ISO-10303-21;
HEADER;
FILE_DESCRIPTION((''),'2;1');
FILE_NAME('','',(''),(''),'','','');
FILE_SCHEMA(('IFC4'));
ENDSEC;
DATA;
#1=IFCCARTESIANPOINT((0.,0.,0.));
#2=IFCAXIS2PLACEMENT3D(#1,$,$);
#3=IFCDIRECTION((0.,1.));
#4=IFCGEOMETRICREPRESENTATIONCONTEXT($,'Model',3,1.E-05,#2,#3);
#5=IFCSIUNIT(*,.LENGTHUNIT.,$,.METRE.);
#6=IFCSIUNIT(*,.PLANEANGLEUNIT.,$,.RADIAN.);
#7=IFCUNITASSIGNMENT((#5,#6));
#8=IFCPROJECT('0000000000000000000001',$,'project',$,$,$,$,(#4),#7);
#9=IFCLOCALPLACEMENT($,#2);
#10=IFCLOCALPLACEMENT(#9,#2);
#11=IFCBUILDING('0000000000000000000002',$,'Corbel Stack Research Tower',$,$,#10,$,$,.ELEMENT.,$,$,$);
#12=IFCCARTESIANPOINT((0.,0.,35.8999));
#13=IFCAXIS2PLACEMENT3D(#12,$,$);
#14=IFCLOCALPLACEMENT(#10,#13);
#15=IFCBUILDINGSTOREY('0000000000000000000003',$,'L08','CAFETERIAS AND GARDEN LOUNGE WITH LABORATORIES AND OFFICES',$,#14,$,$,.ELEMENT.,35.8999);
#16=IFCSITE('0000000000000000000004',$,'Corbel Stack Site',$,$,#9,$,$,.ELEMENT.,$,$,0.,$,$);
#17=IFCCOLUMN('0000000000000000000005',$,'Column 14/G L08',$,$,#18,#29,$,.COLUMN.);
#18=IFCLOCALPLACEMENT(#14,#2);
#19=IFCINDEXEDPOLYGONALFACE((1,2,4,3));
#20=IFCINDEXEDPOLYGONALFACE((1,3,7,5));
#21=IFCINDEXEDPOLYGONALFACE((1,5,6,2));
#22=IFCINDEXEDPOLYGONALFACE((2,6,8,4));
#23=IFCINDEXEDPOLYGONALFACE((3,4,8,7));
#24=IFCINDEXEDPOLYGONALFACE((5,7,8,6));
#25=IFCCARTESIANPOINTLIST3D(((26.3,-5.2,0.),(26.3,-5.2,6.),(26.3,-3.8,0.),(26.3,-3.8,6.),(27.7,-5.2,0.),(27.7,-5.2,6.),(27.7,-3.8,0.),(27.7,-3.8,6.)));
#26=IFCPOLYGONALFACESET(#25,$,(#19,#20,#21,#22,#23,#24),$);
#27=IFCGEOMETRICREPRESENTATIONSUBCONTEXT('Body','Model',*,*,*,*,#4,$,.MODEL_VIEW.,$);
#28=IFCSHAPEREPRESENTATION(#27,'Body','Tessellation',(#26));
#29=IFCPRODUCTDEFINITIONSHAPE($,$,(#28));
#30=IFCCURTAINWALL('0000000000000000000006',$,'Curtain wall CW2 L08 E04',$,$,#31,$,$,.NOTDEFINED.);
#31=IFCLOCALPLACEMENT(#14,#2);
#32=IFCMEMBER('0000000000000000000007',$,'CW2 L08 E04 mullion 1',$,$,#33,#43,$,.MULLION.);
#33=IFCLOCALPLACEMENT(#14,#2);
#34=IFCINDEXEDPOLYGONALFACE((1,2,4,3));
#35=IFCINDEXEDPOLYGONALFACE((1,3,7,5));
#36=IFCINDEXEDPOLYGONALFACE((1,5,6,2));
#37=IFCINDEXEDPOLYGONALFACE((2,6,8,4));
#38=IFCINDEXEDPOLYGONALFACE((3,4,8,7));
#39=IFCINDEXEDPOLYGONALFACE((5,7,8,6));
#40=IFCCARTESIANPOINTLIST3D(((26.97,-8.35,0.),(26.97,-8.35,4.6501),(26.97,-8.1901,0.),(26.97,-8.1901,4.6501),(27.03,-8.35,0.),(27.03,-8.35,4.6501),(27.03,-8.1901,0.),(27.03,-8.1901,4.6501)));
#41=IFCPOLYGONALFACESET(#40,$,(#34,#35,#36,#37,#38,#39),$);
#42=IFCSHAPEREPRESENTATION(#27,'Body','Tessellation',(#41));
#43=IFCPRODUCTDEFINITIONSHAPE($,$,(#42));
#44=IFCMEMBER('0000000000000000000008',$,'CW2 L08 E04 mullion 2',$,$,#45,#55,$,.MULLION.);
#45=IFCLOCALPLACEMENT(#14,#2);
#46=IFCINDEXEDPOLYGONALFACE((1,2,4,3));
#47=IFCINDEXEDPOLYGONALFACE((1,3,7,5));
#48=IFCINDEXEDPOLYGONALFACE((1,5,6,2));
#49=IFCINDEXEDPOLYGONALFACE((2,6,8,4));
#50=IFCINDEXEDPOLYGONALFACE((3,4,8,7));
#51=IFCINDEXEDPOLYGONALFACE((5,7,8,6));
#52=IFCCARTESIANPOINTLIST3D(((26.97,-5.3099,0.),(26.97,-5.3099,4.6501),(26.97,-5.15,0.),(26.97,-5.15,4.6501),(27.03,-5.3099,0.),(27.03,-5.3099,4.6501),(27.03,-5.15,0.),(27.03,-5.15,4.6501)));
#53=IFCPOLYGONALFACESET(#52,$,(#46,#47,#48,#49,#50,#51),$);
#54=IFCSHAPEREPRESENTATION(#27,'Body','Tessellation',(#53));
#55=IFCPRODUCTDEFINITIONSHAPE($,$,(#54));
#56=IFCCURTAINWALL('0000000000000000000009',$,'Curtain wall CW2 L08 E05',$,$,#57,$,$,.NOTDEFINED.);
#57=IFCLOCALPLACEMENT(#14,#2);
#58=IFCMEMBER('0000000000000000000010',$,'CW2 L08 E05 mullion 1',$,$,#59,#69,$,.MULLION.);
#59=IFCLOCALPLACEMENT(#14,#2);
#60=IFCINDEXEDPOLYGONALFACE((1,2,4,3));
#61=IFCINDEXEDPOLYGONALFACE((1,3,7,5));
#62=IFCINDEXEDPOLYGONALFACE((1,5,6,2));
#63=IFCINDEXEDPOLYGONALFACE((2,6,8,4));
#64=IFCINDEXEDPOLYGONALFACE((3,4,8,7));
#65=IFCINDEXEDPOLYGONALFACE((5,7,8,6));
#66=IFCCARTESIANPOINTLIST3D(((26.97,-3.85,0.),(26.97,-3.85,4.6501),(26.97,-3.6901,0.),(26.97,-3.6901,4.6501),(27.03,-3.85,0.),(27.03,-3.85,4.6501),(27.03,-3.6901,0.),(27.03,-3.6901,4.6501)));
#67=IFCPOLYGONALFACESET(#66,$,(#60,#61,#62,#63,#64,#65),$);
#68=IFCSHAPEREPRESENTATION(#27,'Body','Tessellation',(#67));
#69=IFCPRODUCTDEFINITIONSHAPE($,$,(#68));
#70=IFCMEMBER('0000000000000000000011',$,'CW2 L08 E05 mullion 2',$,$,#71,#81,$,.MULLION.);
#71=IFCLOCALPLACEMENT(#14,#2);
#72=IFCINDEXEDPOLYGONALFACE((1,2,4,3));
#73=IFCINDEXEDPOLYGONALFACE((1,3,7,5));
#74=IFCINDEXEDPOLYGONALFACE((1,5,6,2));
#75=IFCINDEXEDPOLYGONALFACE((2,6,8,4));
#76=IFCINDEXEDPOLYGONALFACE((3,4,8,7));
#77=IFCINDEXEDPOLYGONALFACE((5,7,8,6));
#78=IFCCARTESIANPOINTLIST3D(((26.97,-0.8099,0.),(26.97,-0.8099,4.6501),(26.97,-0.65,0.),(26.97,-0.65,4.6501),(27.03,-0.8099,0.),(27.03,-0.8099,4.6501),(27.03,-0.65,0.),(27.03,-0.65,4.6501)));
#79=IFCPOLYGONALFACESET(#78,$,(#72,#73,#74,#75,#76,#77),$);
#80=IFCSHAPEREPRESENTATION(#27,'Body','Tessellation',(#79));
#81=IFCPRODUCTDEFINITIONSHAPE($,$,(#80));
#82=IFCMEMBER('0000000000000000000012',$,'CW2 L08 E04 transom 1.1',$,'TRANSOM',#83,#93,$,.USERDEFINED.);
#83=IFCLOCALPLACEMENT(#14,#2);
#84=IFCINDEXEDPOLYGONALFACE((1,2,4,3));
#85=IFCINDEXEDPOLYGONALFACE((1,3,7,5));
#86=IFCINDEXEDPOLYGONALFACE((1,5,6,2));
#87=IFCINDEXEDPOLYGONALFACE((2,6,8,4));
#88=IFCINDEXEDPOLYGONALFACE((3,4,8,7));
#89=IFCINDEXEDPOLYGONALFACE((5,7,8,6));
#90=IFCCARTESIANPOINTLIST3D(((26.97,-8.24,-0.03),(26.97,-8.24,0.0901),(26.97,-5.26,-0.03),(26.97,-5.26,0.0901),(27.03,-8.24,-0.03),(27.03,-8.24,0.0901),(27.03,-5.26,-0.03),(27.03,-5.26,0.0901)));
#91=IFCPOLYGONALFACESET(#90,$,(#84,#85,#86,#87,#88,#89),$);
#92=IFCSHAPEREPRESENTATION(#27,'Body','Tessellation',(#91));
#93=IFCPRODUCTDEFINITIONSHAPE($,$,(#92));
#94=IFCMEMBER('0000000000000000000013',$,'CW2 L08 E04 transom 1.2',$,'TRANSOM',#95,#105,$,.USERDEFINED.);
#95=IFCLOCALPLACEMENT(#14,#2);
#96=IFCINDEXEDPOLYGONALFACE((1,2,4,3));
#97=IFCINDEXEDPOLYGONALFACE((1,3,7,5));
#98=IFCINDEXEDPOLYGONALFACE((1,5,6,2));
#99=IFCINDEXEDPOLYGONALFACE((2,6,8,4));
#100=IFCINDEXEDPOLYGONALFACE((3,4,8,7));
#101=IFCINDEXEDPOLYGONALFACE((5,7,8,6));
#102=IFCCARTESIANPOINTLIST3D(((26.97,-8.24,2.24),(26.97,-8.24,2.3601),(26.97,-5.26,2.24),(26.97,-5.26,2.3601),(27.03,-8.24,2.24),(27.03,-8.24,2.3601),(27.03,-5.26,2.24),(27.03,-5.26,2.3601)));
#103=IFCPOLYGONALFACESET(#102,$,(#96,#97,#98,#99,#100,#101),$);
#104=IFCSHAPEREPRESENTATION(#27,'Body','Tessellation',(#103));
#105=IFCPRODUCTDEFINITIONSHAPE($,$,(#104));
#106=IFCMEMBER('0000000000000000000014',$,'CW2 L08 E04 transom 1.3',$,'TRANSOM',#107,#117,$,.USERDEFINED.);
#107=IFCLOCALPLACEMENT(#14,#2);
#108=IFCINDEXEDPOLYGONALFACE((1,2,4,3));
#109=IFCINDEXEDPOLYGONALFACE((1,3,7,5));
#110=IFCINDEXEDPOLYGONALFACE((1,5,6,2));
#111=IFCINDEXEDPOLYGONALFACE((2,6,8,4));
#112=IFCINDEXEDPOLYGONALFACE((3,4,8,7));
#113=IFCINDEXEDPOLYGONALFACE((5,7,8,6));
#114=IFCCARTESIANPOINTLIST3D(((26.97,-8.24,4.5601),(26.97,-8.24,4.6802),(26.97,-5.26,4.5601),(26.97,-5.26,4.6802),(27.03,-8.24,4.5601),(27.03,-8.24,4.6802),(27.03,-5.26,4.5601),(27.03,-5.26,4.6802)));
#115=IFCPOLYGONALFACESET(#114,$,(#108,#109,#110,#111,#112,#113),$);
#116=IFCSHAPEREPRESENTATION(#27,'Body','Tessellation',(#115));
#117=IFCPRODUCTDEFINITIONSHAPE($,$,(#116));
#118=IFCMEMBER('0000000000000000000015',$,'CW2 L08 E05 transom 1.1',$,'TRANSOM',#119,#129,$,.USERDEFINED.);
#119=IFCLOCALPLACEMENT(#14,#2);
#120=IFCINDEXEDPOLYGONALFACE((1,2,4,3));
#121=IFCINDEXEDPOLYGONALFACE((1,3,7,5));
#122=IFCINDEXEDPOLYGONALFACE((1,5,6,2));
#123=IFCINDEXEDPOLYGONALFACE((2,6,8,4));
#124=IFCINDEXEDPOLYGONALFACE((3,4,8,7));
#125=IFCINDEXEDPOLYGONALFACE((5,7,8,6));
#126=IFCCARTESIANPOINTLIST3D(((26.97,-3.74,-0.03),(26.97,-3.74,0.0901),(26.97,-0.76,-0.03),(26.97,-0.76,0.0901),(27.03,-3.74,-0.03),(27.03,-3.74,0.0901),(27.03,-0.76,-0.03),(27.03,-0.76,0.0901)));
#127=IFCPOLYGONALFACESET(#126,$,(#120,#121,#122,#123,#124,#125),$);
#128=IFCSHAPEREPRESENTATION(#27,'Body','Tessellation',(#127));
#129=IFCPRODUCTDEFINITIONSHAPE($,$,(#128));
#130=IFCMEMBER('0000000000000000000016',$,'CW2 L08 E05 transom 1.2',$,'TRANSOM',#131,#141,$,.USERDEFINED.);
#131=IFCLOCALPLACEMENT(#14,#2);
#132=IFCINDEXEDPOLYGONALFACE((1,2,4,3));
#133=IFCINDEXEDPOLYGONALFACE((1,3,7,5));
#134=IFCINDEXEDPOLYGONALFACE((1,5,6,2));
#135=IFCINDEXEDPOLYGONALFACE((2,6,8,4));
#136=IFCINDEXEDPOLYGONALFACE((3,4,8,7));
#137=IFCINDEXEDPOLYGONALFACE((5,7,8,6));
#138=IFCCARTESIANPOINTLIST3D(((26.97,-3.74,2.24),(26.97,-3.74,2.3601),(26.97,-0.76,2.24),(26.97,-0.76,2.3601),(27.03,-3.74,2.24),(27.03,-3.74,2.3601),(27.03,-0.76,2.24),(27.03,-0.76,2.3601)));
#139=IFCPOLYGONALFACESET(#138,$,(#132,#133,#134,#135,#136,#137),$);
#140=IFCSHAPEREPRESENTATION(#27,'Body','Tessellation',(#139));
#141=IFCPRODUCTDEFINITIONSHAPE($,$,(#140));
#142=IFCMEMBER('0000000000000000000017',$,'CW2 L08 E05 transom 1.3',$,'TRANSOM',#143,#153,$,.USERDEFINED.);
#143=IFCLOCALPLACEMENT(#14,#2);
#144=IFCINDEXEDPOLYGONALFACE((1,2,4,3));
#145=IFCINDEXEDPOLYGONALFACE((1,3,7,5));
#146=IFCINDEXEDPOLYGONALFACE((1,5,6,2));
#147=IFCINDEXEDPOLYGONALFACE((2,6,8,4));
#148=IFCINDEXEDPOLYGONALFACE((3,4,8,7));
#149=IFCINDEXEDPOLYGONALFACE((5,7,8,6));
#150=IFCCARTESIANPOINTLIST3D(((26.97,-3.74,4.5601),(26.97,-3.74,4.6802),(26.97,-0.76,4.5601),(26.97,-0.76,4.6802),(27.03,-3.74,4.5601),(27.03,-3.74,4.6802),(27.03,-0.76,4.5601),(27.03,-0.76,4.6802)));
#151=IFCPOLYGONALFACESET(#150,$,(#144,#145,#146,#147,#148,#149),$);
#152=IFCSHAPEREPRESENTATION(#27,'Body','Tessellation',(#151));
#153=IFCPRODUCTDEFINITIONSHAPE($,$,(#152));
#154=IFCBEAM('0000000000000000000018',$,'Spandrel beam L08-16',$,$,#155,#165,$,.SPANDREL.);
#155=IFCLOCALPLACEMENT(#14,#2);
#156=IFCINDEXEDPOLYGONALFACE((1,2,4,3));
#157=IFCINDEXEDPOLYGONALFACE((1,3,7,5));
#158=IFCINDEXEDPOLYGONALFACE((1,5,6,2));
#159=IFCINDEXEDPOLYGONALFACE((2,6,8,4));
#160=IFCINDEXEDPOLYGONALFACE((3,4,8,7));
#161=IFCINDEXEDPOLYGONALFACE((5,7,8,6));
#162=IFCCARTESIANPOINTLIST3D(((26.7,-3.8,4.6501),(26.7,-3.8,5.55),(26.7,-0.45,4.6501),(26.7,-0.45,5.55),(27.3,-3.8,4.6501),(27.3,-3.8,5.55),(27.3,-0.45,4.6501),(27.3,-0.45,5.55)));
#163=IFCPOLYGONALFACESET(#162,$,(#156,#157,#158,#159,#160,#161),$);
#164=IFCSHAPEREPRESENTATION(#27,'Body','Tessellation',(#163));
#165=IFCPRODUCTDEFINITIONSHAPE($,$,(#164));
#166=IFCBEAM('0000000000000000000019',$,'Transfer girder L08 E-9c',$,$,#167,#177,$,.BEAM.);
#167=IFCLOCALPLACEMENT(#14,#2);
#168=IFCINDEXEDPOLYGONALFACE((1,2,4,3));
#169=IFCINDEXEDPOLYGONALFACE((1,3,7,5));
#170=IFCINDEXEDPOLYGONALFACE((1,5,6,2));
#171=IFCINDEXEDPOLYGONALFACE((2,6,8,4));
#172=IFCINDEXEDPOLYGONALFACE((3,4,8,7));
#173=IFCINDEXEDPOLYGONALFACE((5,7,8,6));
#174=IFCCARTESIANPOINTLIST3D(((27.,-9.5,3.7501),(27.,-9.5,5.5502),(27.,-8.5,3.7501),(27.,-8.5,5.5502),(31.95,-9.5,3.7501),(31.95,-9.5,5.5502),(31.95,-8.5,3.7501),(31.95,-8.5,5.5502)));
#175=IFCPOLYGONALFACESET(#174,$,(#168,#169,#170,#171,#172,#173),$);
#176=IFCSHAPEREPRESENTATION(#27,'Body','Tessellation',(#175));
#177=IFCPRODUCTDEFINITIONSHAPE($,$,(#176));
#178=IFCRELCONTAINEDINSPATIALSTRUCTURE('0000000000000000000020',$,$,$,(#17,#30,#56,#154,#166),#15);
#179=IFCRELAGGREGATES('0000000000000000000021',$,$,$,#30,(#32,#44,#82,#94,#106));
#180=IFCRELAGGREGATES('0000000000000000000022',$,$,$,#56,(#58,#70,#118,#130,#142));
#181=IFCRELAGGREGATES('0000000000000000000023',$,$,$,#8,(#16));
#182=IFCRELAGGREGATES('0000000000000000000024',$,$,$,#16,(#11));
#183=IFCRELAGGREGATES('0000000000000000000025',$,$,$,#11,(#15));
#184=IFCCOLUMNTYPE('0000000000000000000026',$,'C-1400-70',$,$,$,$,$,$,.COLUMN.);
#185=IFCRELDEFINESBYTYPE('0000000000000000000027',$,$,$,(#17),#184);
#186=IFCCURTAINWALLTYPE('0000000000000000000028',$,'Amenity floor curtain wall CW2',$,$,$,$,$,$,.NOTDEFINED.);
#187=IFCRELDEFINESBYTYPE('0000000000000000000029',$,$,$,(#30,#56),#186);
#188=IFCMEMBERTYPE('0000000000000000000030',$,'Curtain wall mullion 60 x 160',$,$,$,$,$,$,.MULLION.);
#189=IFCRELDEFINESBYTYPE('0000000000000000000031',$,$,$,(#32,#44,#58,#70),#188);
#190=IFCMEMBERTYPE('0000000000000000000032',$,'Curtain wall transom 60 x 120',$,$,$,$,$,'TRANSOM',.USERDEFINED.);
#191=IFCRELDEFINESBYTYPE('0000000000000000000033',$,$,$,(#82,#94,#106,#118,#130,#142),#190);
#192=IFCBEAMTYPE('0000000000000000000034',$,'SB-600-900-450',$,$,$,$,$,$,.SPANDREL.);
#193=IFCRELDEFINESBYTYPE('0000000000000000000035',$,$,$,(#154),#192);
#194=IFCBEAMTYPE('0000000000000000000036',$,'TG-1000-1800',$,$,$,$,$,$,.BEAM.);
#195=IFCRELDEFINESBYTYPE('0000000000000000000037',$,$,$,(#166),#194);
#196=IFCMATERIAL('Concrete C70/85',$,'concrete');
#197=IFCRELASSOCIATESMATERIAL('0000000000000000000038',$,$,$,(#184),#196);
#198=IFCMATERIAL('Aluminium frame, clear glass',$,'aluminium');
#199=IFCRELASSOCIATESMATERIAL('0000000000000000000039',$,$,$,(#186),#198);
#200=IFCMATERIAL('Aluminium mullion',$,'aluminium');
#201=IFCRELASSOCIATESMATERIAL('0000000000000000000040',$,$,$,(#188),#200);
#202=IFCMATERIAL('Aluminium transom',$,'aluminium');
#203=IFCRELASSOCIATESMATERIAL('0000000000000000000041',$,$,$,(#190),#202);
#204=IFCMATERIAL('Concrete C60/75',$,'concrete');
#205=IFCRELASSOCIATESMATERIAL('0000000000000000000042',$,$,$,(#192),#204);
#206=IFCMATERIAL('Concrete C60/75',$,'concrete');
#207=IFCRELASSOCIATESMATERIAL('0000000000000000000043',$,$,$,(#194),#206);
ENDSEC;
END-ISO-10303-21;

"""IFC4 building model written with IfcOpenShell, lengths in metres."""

from ifc_helpers import new_model, si_unit, direction, frame, origin, origin_2d, place, context, subcontext, project, spatial, rectangle, extrude, material, material_profile, profile_set, type_object, element, aggregate, save


model = new_model("IFC4")

# Units and contexts
model_context = context("Model", 3, precision=1e-05, world=origin(), true_north=direction((0.0, 1.0)))
body_context = subcontext(model_context, "Body", "Model", "MODEL_VIEW")
ifc_project = project(units=[si_unit("LENGTHUNIT", "METRE"), si_unit("PLANEANGLEUNIT", "RADIAN")], contexts=[model_context])

# Site, building, storey
site_placement = place(None, origin())
site = spatial("IfcSite", under=ifc_project, at=site_placement, Name="Corbel Stack Site", CompositionType="ELEMENT", RefElevation=0.0)
building_placement = place(site_placement, origin())
building = spatial("IfcBuilding", under=site, at=building_placement, Name="Corbel Stack Research Tower", CompositionType="ELEMENT")
storey_placement = place(building_placement, frame((0.0, 0.0, 35.8999)))
storey = spatial("IfcBuildingStorey", under=building, at=storey_placement, Name="L08", Description="CAFETERIAS AND GARDEN LOUNGE WITH LABORATORIES AND OFFICES", CompositionType="ELEMENT", Elevation=35.8999)

# Column
ifc_material_1 = material(Name="Concrete C70/85", Category="concrete")
ifc_material_profile_1 = material_profile(ifc_material_1, rectangle(XDim=1.3999, YDim=1.3999, at=origin_2d()), Name="RC 1400 x 1400")
ifc_profile_set_1 = profile_set([ifc_material_profile_1], Name="Concrete C70/85")
column_type = type_object("IfcColumnType", Name="C-1400-70", PredefinedType="COLUMN", material=ifc_profile_set_1)
column_placement = place(storey_placement, frame((27.0, -4.5, 0.0), z_axis=(0.0, 0.0, 1.0), x_axis=(1.0, 0.0, 0.0)))
element("IfcColumn", 1, at=column_placement, inside=storey, type_object=column_type, Name="Column 14/G L08", PredefinedType="COLUMN", context=body_context, shape_type="SweptSolid", body=[
    extrude(rectangle(XDim=1.3999, YDim=1.3999, at=origin_2d()), origin(), (0.0, 0.0, 1.0), 6.0),
])

# Curtain walls, members
ifc_material_2 = material(Name="Aluminium frame, clear glass", Category="aluminium")
curtain_wall_type = type_object("IfcCurtainWallType", Name="Amenity floor curtain wall CW2", PredefinedType="NOTDEFINED", material=ifc_material_2)
curtain_wall_1_placement = place(storey_placement, origin())
curtain_wall_1 = element("IfcCurtainWall", 2, at=curtain_wall_1_placement, inside=storey, type_object=curtain_wall_type, Name="Curtain wall CW2 L08 E04", PredefinedType="NOTDEFINED")
ifc_material_3 = material(Name="Aluminium mullion", Category="aluminium")
ifc_material_profile_2 = material_profile(ifc_material_3, rectangle(XDim=0.0601, YDim=0.1599, at=origin_2d()), Name="Mullion 60 x 160")
ifc_profile_set_2 = profile_set([ifc_material_profile_2], Name="Aluminium mullion")
member_type_1 = type_object("IfcMemberType", Name="Curtain wall mullion 60 x 160", PredefinedType="MULLION", material=ifc_profile_set_2)
member_1_placement = place(storey_placement, frame((27.0, -8.27, 0.0), z_axis=(0.0, 0.0, 1.0), x_axis=(-1.0, 0.0, 0.0)))
member_1 = element("IfcMember", 3, at=member_1_placement, type_object=member_type_1, Name="CW2 L08 E04 mullion 1", PredefinedType="MULLION", context=body_context, shape_type="SweptSolid", body=[
    extrude(rectangle(XDim=0.0601, YDim=0.1599, at=origin_2d()), origin(), (0.0, 0.0, 1.0), 4.6501),
])
member_2_placement = place(storey_placement, frame((27.0, -5.23, 0.0), z_axis=(0.0, 0.0, 1.0), x_axis=(-1.0, 0.0, 0.0)))
member_2 = element("IfcMember", 4, at=member_2_placement, type_object=member_type_1, Name="CW2 L08 E04 mullion 2", PredefinedType="MULLION", context=body_context, shape_type="SweptSolid", body=[
    extrude(rectangle(XDim=0.0601, YDim=0.1599, at=origin_2d()), origin(), (0.0, 0.0, 1.0), 4.6501),
])
curtain_wall_2_placement = place(storey_placement, origin())
curtain_wall_2 = element("IfcCurtainWall", 5, at=curtain_wall_2_placement, inside=storey, type_object=curtain_wall_type, Name="Curtain wall CW2 L08 E05", PredefinedType="NOTDEFINED")
member_3_placement = place(storey_placement, frame((27.0, -3.77, 0.0), z_axis=(0.0, 0.0, 1.0), x_axis=(-1.0, 0.0, 0.0)))
member_3 = element("IfcMember", 6, at=member_3_placement, type_object=member_type_1, Name="CW2 L08 E05 mullion 1", PredefinedType="MULLION", context=body_context, shape_type="SweptSolid", body=[
    extrude(rectangle(XDim=0.0601, YDim=0.1599, at=origin_2d()), origin(), (0.0, 0.0, 1.0), 4.6501),
])
member_4_placement = place(storey_placement, frame((27.0, -0.73, 0.0), z_axis=(0.0, 0.0, 1.0), x_axis=(-1.0, 0.0, 0.0)))
member_4 = element("IfcMember", 7, at=member_4_placement, type_object=member_type_1, Name="CW2 L08 E05 mullion 2", PredefinedType="MULLION", context=body_context, shape_type="SweptSolid", body=[
    extrude(rectangle(XDim=0.0601, YDim=0.1599, at=origin_2d()), origin(), (0.0, 0.0, 1.0), 4.6501),
])

# Members
ifc_material_4 = material(Name="Aluminium transom", Category="aluminium")
ifc_material_profile_3 = material_profile(ifc_material_4, rectangle(XDim=0.0601, YDim=0.1201, at=origin_2d()), Name="Transom 60 x 120")
ifc_profile_set_3 = profile_set([ifc_material_profile_3], Name="Aluminium transom")
member_type_2 = type_object("IfcMemberType", Name="Curtain wall transom 60 x 120", ElementType="TRANSOM", PredefinedType="USERDEFINED", material=ifc_profile_set_3)
member_5_placement = place(storey_placement, frame((27.0, -8.24, 0.03), z_axis=(0.0, 1.0, 0.0), x_axis=(-1.0, 0.0, 0.0)))
member_5 = element("IfcMember", 8, at=member_5_placement, type_object=member_type_2, Name="CW2 L08 E04 transom 1.1", ObjectType="TRANSOM", PredefinedType="USERDEFINED", context=body_context, shape_type="SweptSolid", body=[
    extrude(rectangle(XDim=0.0601, YDim=0.1201, at=origin_2d()), origin(), (0.0, 0.0, 1.0), 2.98),
])
member_6_placement = place(storey_placement, frame((27.0, -8.24, 2.3), z_axis=(0.0, 1.0, 0.0), x_axis=(-1.0, 0.0, 0.0)))
member_6 = element("IfcMember", 9, at=member_6_placement, type_object=member_type_2, Name="CW2 L08 E04 transom 1.2", ObjectType="TRANSOM", PredefinedType="USERDEFINED", context=body_context, shape_type="SweptSolid", body=[
    extrude(rectangle(XDim=0.0601, YDim=0.1201, at=origin_2d()), origin(), (0.0, 0.0, 1.0), 2.98),
])
member_7_placement = place(storey_placement, frame((27.0, -8.24, 4.6201), z_axis=(0.0, 1.0, 0.0), x_axis=(-1.0, 0.0, 0.0)))
member_7 = element("IfcMember", 10, at=member_7_placement, type_object=member_type_2, Name="CW2 L08 E04 transom 1.3", ObjectType="TRANSOM", PredefinedType="USERDEFINED", context=body_context, shape_type="SweptSolid", body=[
    extrude(rectangle(XDim=0.0601, YDim=0.1201, at=origin_2d()), origin(), (0.0, 0.0, 1.0), 2.98),
])
member_8_placement = place(storey_placement, frame((27.0, -3.74, 0.03), z_axis=(0.0, 1.0, 0.0), x_axis=(-1.0, 0.0, 0.0)))
member_8 = element("IfcMember", 11, at=member_8_placement, type_object=member_type_2, Name="CW2 L08 E05 transom 1.1", ObjectType="TRANSOM", PredefinedType="USERDEFINED", context=body_context, shape_type="SweptSolid", body=[
    extrude(rectangle(XDim=0.0601, YDim=0.1201, at=origin_2d()), origin(), (0.0, 0.0, 1.0), 2.98),
])
member_9_placement = place(storey_placement, frame((27.0, -3.74, 2.3), z_axis=(0.0, 1.0, 0.0), x_axis=(-1.0, 0.0, 0.0)))
member_9 = element("IfcMember", 12, at=member_9_placement, type_object=member_type_2, Name="CW2 L08 E05 transom 1.2", ObjectType="TRANSOM", PredefinedType="USERDEFINED", context=body_context, shape_type="SweptSolid", body=[
    extrude(rectangle(XDim=0.0601, YDim=0.1201, at=origin_2d()), origin(), (0.0, 0.0, 1.0), 2.98),
])
member_10_placement = place(storey_placement, frame((27.0, -3.74, 4.6201), z_axis=(0.0, 1.0, 0.0), x_axis=(-1.0, 0.0, 0.0)))
member_10 = element("IfcMember", 13, at=member_10_placement, type_object=member_type_2, Name="CW2 L08 E05 transom 1.3", ObjectType="TRANSOM", PredefinedType="USERDEFINED", context=body_context, shape_type="SweptSolid", body=[
    extrude(rectangle(XDim=0.0601, YDim=0.1201, at=origin_2d()), origin(), (0.0, 0.0, 1.0), 2.98),
])

# Beams
ifc_material_5 = material(Name="Concrete C60/75", Category="concrete")
ifc_material_profile_4 = material_profile(ifc_material_5, rectangle(XDim=0.6001, YDim=0.8999, at=origin_2d()), Name="RC 600 x 900")
ifc_profile_set_4 = profile_set([ifc_material_profile_4], Name="Concrete C60/75")
beam_type_1 = type_object("IfcBeamType", Name="SB-600-900-450", PredefinedType="SPANDREL", material=ifc_profile_set_4)
beam_1_placement = place(storey_placement, frame((27.0, -3.8, 5.1001), z_axis=(0.0, 1.0, 0.0), x_axis=(-1.0, 0.0, 0.0)))
element("IfcBeam", 14, at=beam_1_placement, inside=storey, type_object=beam_type_1, Name="Spandrel beam L08-16", PredefinedType="SPANDREL", context=body_context, shape_type="SweptSolid", body=[
    extrude(rectangle(XDim=0.6001, YDim=0.8999, at=origin_2d()), origin(), (0.0, 0.0, 1.0), 3.3501),
])
ifc_material_6 = material(Name="Concrete C60/75", Category="concrete")
ifc_material_profile_5 = material_profile(ifc_material_6, rectangle(XDim=1.0, YDim=1.8, at=origin_2d()), Name="RC 1000 x 1800")
ifc_profile_set_5 = profile_set([ifc_material_profile_5], Name="Concrete C60/75")
beam_type_2 = type_object("IfcBeamType", Name="TG-1000-1800", PredefinedType="BEAM", material=ifc_profile_set_5)
beam_2_placement = place(storey_placement, frame((31.95, -9.0, 4.6501), z_axis=(-1.0, 0.0, 0.0), x_axis=(0.0, -1.0, 0.0)))
element("IfcBeam", 15, at=beam_2_placement, inside=storey, type_object=beam_type_2, Name="Transfer girder L08 E-9c", PredefinedType="BEAM", context=body_context, shape_type="SweptSolid", body=[
    extrude(rectangle(XDim=1.0, YDim=1.8, at=origin_2d()), origin(), (0.0, 0.0, 1.0), 4.95),
])

aggregate(curtain_wall_1, [member_1, member_2, member_5, member_6, member_7])
aggregate(curtain_wall_2, [member_3, member_4, member_8, member_9, member_10])

save(model, "model.ifc")
